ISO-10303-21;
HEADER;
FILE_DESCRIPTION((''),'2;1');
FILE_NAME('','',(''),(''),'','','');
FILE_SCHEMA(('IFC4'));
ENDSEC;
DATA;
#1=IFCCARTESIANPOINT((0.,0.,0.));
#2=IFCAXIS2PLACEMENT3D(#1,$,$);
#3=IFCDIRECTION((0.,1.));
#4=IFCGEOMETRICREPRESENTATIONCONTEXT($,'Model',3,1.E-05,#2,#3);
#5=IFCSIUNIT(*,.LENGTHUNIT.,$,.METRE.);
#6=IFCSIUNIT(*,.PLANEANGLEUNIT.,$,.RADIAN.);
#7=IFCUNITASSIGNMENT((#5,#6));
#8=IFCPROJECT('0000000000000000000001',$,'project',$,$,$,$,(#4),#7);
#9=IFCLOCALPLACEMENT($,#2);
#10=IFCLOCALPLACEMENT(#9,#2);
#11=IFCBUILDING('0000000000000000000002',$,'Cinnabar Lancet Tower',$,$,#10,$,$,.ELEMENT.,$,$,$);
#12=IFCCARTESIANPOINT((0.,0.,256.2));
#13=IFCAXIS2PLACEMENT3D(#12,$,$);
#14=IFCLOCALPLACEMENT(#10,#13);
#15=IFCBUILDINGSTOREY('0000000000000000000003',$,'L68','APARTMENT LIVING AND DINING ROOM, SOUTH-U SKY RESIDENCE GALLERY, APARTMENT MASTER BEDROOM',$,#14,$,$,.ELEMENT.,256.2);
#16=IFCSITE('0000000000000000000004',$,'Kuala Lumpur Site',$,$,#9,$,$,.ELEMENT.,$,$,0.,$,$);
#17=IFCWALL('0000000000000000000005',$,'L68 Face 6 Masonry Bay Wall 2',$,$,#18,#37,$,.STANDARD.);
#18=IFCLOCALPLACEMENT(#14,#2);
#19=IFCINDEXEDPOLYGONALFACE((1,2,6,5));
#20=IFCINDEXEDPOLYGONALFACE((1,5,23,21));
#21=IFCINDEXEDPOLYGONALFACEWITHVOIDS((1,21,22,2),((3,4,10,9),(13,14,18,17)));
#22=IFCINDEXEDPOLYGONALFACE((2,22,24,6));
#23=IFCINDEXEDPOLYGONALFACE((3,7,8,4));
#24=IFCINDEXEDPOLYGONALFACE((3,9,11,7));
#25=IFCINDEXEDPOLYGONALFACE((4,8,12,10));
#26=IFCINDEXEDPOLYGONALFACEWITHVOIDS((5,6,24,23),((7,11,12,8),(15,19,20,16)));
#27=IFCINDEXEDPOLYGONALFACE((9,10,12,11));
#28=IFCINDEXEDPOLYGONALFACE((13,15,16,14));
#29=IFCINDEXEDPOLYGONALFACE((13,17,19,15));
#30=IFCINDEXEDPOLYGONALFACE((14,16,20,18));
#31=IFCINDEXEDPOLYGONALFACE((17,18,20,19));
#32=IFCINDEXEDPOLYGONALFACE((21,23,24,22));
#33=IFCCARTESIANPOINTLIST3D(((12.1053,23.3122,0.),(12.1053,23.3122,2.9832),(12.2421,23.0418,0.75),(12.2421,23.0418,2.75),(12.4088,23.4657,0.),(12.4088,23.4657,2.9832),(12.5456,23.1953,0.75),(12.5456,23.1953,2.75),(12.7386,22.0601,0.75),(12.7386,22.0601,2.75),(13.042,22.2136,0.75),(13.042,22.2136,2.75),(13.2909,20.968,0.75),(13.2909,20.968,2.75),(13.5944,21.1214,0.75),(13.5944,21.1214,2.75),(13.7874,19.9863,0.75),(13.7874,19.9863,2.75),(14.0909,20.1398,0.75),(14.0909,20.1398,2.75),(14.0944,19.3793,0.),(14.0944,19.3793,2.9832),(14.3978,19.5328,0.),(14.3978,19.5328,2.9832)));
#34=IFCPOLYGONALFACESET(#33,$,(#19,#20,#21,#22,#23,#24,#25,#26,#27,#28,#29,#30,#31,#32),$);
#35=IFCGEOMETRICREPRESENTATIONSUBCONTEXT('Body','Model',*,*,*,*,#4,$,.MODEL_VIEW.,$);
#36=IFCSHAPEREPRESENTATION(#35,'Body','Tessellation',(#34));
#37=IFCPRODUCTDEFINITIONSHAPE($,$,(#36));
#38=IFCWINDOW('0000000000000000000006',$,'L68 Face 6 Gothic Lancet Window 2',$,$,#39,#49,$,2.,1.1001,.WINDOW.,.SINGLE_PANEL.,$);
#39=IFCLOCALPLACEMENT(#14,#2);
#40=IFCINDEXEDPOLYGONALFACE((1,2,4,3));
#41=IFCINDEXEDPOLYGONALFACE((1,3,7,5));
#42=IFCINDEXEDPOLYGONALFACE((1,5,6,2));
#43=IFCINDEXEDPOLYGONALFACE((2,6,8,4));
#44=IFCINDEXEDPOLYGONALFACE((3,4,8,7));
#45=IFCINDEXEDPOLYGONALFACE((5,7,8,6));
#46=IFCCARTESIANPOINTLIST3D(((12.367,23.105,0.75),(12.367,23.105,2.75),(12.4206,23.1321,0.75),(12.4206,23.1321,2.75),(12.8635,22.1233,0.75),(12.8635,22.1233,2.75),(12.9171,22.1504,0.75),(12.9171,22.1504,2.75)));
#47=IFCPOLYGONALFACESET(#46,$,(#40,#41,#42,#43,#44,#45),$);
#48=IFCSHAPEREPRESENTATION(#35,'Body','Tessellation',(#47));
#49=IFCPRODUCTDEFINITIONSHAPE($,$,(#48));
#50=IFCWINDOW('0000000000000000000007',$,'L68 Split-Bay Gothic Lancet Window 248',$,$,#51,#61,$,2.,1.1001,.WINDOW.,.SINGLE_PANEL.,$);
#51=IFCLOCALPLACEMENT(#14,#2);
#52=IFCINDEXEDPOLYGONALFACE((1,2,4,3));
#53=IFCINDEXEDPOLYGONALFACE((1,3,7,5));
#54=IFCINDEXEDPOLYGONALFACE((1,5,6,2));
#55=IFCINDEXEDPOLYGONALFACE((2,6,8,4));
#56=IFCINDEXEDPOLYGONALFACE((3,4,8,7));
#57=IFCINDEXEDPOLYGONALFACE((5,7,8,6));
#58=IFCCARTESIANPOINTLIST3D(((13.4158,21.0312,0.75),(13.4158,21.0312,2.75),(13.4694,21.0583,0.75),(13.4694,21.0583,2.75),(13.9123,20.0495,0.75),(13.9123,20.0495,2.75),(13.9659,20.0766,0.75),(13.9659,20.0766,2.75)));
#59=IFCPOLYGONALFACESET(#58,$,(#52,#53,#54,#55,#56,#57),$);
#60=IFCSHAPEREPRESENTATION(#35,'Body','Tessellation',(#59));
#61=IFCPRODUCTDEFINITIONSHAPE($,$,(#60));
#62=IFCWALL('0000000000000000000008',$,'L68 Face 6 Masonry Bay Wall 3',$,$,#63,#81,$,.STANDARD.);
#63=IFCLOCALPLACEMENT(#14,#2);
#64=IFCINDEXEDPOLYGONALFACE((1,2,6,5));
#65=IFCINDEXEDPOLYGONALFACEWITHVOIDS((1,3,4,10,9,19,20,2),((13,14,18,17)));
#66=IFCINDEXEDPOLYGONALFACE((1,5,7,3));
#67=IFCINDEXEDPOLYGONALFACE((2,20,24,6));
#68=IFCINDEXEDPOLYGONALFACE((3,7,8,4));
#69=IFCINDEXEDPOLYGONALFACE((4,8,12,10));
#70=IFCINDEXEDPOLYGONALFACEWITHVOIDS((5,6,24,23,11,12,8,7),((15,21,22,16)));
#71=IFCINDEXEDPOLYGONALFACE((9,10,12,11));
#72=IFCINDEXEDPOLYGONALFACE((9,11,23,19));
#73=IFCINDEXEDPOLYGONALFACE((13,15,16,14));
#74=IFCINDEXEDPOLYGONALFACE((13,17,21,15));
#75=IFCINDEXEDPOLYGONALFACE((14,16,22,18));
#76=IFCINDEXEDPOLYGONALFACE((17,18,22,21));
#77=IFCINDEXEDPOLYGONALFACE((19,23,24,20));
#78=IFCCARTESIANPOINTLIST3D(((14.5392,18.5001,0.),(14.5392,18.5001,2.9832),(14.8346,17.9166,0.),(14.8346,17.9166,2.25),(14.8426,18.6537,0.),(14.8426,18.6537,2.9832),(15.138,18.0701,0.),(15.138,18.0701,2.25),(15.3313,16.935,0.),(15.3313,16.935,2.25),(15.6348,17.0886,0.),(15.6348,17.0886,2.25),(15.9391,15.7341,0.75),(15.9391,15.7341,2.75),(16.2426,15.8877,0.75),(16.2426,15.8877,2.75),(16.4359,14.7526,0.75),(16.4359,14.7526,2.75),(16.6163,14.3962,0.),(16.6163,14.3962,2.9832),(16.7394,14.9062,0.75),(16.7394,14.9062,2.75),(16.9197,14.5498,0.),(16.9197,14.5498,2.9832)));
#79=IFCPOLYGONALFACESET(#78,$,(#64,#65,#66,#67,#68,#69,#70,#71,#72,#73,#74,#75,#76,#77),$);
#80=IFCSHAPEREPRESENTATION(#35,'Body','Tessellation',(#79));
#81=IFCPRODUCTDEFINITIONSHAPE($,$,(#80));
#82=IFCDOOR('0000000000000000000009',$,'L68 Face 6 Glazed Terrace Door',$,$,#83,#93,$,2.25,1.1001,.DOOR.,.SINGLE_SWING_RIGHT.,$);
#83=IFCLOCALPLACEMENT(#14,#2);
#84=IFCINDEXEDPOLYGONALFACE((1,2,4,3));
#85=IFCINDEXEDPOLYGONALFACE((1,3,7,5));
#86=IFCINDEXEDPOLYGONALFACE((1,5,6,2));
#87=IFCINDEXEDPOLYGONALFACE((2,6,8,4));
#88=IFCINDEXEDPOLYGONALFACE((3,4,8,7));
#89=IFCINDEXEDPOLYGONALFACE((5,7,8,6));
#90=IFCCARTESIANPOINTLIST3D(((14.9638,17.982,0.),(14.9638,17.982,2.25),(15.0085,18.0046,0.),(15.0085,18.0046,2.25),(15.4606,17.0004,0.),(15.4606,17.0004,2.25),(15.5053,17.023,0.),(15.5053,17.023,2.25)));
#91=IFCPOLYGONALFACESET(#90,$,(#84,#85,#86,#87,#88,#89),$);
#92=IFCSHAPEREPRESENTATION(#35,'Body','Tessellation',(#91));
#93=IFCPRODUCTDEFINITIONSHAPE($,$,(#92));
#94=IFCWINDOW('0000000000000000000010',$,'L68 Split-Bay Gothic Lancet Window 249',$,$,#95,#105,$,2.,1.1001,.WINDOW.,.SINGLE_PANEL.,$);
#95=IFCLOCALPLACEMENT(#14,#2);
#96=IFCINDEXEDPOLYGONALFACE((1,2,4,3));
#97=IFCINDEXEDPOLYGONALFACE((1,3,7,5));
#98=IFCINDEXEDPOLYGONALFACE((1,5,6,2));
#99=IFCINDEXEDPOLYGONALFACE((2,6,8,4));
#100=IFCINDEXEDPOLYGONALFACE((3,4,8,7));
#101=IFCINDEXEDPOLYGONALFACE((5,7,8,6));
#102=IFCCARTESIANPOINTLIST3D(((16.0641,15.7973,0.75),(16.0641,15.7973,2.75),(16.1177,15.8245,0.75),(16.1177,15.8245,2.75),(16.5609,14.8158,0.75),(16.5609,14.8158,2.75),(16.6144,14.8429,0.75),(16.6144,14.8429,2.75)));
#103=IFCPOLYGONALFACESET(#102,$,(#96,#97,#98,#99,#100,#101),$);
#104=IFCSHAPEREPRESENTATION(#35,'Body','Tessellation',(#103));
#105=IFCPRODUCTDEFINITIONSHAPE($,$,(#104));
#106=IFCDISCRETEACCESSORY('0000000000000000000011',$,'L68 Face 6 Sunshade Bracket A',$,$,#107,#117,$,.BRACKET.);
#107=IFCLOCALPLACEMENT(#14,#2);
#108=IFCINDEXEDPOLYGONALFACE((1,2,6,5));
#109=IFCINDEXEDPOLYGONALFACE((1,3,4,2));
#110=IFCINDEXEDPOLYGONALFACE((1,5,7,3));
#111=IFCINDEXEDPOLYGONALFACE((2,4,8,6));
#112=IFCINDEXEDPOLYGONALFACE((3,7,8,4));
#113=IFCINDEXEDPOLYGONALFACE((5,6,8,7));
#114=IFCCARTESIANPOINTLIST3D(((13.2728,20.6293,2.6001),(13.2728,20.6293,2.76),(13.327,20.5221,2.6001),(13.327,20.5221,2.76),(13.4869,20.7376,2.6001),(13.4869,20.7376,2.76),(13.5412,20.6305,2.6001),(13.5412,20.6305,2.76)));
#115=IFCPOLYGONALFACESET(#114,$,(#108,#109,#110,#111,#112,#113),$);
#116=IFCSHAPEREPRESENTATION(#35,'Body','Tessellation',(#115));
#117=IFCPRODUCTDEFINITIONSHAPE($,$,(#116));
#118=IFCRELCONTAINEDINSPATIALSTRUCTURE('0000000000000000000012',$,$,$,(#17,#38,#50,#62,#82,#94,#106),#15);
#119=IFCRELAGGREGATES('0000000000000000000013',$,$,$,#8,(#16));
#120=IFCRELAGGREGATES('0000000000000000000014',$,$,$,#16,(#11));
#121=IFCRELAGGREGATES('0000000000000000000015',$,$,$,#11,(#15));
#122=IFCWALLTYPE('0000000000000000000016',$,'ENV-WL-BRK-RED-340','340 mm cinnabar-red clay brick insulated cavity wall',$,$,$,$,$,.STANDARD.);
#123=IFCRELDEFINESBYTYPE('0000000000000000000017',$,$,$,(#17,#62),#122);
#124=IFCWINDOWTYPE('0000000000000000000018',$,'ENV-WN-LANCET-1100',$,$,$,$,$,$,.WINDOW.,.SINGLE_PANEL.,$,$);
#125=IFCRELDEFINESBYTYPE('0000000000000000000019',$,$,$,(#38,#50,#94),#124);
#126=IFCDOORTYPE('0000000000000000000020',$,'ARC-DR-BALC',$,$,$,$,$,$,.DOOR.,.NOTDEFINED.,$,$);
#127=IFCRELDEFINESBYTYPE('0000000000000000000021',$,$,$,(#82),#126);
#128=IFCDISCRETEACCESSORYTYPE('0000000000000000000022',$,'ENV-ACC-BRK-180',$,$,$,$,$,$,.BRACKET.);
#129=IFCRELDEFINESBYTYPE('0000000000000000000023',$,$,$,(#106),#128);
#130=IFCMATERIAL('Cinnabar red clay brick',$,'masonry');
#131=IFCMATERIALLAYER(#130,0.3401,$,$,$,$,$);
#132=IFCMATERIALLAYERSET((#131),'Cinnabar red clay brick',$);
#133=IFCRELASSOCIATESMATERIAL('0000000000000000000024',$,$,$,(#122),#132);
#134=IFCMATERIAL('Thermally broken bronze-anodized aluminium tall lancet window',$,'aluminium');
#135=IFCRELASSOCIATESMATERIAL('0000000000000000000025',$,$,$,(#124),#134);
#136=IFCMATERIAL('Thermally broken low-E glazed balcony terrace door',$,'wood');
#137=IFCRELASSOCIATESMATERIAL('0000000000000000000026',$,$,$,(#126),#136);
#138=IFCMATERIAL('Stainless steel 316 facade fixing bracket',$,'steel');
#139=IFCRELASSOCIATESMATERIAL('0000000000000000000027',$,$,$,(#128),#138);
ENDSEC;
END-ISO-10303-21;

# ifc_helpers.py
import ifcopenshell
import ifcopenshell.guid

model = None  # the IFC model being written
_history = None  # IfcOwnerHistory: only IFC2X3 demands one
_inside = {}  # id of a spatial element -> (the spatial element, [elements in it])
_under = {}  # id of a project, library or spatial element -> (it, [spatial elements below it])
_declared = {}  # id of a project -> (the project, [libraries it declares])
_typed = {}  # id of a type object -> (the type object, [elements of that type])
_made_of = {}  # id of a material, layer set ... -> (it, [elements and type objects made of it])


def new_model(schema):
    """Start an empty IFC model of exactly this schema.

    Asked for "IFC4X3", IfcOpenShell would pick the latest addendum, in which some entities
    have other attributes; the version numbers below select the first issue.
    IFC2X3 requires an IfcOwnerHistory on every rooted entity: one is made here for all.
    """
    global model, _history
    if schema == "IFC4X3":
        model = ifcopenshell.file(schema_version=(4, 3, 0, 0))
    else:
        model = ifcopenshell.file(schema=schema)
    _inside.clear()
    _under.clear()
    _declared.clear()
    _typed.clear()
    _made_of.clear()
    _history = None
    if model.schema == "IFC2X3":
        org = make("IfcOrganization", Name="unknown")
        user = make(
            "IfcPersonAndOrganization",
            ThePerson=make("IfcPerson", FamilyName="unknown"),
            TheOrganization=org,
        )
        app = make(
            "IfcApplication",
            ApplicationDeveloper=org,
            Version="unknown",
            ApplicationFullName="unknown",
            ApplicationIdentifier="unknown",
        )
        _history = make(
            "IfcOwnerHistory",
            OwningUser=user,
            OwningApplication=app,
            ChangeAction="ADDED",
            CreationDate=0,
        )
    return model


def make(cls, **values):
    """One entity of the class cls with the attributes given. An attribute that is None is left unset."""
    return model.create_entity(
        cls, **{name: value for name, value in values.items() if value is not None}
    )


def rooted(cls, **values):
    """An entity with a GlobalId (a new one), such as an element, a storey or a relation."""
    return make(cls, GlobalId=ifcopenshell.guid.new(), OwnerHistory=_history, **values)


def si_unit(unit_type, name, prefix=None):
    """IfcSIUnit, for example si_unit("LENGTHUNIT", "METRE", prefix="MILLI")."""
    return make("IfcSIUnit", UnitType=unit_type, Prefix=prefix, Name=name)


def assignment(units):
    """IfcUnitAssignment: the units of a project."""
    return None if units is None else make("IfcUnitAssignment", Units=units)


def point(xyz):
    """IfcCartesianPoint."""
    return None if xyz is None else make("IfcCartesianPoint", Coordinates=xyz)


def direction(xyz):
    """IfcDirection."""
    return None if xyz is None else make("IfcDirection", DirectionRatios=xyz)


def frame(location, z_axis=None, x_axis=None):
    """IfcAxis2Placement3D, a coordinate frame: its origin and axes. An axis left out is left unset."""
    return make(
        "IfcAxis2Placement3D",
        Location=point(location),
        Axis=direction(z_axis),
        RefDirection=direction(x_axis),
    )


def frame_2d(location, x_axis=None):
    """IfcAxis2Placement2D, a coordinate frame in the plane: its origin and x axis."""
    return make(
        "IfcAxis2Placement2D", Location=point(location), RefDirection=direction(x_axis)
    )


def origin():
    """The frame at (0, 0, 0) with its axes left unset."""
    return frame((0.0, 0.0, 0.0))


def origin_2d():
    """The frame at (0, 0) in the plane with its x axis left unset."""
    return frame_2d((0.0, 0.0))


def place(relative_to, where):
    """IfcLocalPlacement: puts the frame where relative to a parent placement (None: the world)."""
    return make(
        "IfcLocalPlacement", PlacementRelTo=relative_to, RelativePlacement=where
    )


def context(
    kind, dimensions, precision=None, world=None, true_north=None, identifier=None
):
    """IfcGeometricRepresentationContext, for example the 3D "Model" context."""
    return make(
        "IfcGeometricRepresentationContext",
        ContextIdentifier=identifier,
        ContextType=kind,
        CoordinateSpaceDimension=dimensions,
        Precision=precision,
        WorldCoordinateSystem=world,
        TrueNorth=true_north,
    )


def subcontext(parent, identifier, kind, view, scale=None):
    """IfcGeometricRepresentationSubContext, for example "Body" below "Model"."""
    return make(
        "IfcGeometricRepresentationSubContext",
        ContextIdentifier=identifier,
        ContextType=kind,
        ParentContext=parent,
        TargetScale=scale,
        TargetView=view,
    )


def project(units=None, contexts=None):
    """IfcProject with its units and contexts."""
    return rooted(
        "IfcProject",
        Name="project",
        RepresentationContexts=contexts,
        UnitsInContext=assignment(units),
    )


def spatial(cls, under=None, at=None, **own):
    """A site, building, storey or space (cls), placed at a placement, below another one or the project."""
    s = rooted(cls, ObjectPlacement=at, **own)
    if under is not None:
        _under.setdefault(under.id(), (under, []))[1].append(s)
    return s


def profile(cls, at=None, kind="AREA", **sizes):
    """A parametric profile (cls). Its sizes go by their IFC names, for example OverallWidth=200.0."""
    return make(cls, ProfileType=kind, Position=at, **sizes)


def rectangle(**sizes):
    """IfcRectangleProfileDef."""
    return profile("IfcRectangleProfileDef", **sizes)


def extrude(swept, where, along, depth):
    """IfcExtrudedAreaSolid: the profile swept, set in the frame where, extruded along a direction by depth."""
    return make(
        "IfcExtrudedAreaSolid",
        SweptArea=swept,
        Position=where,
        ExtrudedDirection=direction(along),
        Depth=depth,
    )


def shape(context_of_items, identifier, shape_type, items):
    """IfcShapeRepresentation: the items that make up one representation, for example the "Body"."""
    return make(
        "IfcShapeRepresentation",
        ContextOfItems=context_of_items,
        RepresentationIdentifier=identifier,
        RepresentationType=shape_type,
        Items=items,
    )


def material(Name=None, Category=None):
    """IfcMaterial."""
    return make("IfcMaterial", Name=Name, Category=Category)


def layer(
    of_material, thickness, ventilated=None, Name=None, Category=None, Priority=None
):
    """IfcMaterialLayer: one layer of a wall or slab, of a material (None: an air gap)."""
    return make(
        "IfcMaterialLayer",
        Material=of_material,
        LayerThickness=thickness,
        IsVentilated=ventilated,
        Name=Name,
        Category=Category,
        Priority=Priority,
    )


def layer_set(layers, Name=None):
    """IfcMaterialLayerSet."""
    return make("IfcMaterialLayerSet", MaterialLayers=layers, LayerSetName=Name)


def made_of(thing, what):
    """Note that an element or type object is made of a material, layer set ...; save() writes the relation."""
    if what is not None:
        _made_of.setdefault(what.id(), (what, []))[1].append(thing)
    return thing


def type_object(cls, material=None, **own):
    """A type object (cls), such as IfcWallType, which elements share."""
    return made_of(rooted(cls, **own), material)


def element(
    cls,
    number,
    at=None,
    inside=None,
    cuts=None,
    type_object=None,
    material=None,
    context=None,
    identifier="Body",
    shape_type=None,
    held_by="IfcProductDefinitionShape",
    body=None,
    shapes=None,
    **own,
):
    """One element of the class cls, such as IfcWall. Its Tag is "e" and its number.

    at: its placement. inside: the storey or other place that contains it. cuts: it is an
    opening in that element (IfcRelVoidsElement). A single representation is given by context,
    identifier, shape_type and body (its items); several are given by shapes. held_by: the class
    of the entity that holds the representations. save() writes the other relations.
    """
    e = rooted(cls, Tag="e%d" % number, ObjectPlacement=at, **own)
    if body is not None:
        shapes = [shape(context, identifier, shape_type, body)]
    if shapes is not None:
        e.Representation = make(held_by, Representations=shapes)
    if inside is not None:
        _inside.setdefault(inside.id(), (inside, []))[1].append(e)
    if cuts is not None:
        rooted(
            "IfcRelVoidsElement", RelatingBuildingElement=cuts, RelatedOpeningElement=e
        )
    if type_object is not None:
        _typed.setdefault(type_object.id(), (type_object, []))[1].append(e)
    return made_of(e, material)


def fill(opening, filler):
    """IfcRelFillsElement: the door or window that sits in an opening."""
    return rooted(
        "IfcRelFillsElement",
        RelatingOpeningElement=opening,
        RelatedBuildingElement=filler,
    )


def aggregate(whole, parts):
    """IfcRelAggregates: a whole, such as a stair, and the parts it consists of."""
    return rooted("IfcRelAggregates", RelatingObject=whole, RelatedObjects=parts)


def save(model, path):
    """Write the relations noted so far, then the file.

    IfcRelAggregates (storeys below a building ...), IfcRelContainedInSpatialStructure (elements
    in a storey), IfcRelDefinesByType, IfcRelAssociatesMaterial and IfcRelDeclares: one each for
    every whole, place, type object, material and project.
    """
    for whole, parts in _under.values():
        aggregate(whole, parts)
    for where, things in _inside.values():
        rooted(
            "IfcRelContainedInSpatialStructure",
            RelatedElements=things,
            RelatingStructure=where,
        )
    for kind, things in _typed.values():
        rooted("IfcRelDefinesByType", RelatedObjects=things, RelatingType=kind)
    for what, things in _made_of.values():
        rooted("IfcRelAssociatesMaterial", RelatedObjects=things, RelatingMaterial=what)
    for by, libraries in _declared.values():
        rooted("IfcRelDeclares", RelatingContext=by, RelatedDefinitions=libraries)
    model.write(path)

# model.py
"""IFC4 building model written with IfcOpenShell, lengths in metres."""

from ifc_helpers import new_model, si_unit, direction, frame, frame_2d, origin, origin_2d, place, context, subcontext, project, spatial, rectangle, extrude, material, layer, layer_set, type_object, element, fill, save


model = new_model("IFC4")

# Units and contexts
model_context = context("Model", 3, precision=1e-05, world=origin(), true_north=direction((0.0, 1.0)))
body_context = subcontext(model_context, "Body", "Model", "MODEL_VIEW")
ifc_project = project(units=[si_unit("LENGTHUNIT", "METRE"), si_unit("PLANEANGLEUNIT", "RADIAN")], contexts=[model_context])

# Site, building, storey
site_placement = place(None, origin())
site = spatial("IfcSite", under=ifc_project, at=site_placement, Name="Kuala Lumpur Site", CompositionType="ELEMENT", RefElevation=0.0)
building_placement = place(site_placement, origin())
building = spatial("IfcBuilding", under=site, at=building_placement, Name="Cinnabar Lancet Tower", CompositionType="ELEMENT")
storey_placement = place(building_placement, frame((0.0, 0.0, 256.2)))
storey = spatial("IfcBuildingStorey", under=building, at=storey_placement, Name="L68", Description="APARTMENT LIVING AND DINING ROOM, SOUTH-U SKY RESIDENCE GALLERY, APARTMENT MASTER BEDROOM", CompositionType="ELEMENT", Elevation=256.2)

# Shared definitions
ifc_material_1 = material(Name="Cinnabar red clay brick", Category="masonry")
ifc_layer_1 = layer(ifc_material_1, 0.3401)
ifc_layer_set_1 = layer_set([ifc_layer_1], Name="Cinnabar red clay brick")
wall_type_1 = type_object("IfcWallType", Name="ENV-WL-BRK-RED-340", Description="340 mm cinnabar-red clay brick insulated cavity wall", PredefinedType="STANDARD", material=ifc_layer_set_1)

# Wall, openings, windows
wall_1_placement = place(storey_placement, frame((12.2571, 23.3889, 0.0), z_axis=(0.0, 0.0, 1.0), x_axis=(0.451308, -0.892368, 0.0)))
wall_1 = element("IfcWall", 1, at=wall_1_placement, inside=storey, type_object=wall_type_1, Name="L68 Face 6 Masonry Bay Wall 2", PredefinedType="STANDARD", context=body_context, shape_type="SweptSolid", body=[
    extrude(rectangle(XDim=4.4072, YDim=0.3401, at=frame_2d((2.2036, 0.0))), origin(), (0.0, 0.0, 1.0), 2.9832),
])
opening_1_placement = place(wall_1_placement, frame((0.303, 0.0, 0.75)))
opening_1 = element("IfcOpeningElement", 2, at=opening_1_placement, cuts=wall_1, PredefinedType="OPENING", context=body_context, shape_type="SweptSolid", body=[
    extrude(rectangle(XDim=1.1001, YDim=2.0, at=frame_2d((0.55, 1.0))), frame((0.0, 0.1799, 0.0), z_axis=(0.0, -1.0, 0.0), x_axis=(1.0, 0.0, 0.0)), (0.0, 0.0, 1.0), 0.3601),
])
opening_2_placement = place(wall_1_placement, frame((2.627, 0.0, 0.75)))
opening_2 = element("IfcOpeningElement", 3, at=opening_2_placement, cuts=wall_1, PredefinedType="OPENING", context=body_context, shape_type="SweptSolid", body=[
    extrude(rectangle(XDim=1.1001, YDim=2.0, at=frame_2d((0.55, 1.0))), frame((0.0, 0.1799, 0.0), z_axis=(0.0, -1.0, 0.0), x_axis=(1.0, 0.0, 0.0)), (0.0, 0.0, 1.0), 0.3601),
])
ifc_material_2 = material(Name="Thermally broken bronze-anodized aluminium tall lancet window", Category="aluminium")
window_type = type_object("IfcWindowType", Name="ENV-WN-LANCET-1100", PartitioningType="SINGLE_PANEL", PredefinedType="WINDOW", material=ifc_material_2)
window_1_placement = place(opening_1_placement, origin())
window_1 = element("IfcWindow", 4, at=window_1_placement, inside=storey, type_object=window_type, Name="L68 Face 6 Gothic Lancet Window 2", OverallHeight=2.0, OverallWidth=1.1001, PartitioningType="SINGLE_PANEL", PredefinedType="WINDOW", context=body_context, shape_type="SweptSolid", body=[
    extrude(rectangle(XDim=1.1001, YDim=2.0, at=frame_2d((0.55, 1.0))), frame((0.0, 0.03, 0.0), z_axis=(0.0, -1.0, 0.0), x_axis=(1.0, 0.0, 0.0)), (0.0, 0.0, 1.0), 0.0601),
])
fill(opening_1, window_1)
window_2_placement = place(opening_2_placement, origin())
window_2 = element("IfcWindow", 5, at=window_2_placement, inside=storey, type_object=window_type, Name="L68 Split-Bay Gothic Lancet Window 248", OverallHeight=2.0, OverallWidth=1.1001, PartitioningType="SINGLE_PANEL", PredefinedType="WINDOW", context=body_context, shape_type="SweptSolid", body=[
    extrude(rectangle(XDim=1.1001, YDim=2.0, at=frame_2d((0.55, 1.0))), frame((0.0, 0.03, 0.0), z_axis=(0.0, -1.0, 0.0), x_axis=(1.0, 0.0, 0.0)), (0.0, 0.0, 1.0), 0.0601),
])
fill(opening_2, window_2)

# Wall, openings, door, window
wall_2_placement = place(storey_placement, frame((14.6909, 18.5769, 0.0), z_axis=(0.0, 0.0, 1.0), x_axis=(0.451582, -0.89223, 0.0)))
wall_2 = element("IfcWall", 6, at=wall_2_placement, inside=storey, type_object=wall_type_1, Name="L68 Face 6 Masonry Bay Wall 3", PredefinedType="STANDARD", context=body_context, shape_type="SweptSolid", body=[
    extrude(rectangle(XDim=4.5996, YDim=0.3401, at=frame_2d((2.2998, 0.0))), origin(), (0.0, 0.0, 1.0), 2.9832),
])
opening_3_placement = place(wall_2_placement, frame((0.6541, 0.0, 0.0)))
opening_3 = element("IfcOpeningElement", 7, at=opening_3_placement, cuts=wall_2, PredefinedType="OPENING", context=body_context, shape_type="SweptSolid", body=[
    extrude(rectangle(XDim=1.1001, YDim=2.25, at=frame_2d((0.55, 1.125))), frame((0.0, 0.1799, 0.0), z_axis=(0.0, -1.0, 0.0), x_axis=(1.0, 0.0, 0.0)), (0.0, 0.0, 1.0), 0.3601),
])
opening_4_placement = place(wall_2_placement, frame((3.1001, 0.0, 0.75)))
opening_4 = element("IfcOpeningElement", 8, at=opening_4_placement, cuts=wall_2, PredefinedType="OPENING", context=body_context, shape_type="SweptSolid", body=[
    extrude(rectangle(XDim=1.1001, YDim=2.0, at=frame_2d((0.55, 1.0))), frame((0.0, 0.1799, 0.0), z_axis=(0.0, -1.0, 0.0), x_axis=(1.0, 0.0, 0.0)), (0.0, 0.0, 1.0), 0.3601),
])
ifc_material_3 = material(Name="Thermally broken low-E glazed balcony terrace door", Category="wood")
door_type_1 = type_object("IfcDoorType", Name="ARC-DR-BALC", OperationType="NOTDEFINED", PredefinedType="DOOR", material=ifc_material_3)
door_1_placement = place(opening_3_placement, origin())
door_1 = element("IfcDoor", 9, at=door_1_placement, inside=storey, type_object=door_type_1, Name="L68 Face 6 Glazed Terrace Door", OperationType="SINGLE_SWING_RIGHT", OverallHeight=2.25, OverallWidth=1.1001, PredefinedType="DOOR", context=body_context, shape_type="SweptSolid", body=[
    extrude(rectangle(XDim=1.1001, YDim=2.25, at=frame_2d((0.55, 1.125))), frame((0.0, 0.0249, 0.0), z_axis=(0.0, -1.0, 0.0), x_axis=(1.0, 0.0, 0.0)), (0.0, 0.0, 1.0), 0.05),
])
fill(opening_3, door_1)
window_3_placement = place(opening_4_placement, origin())
window_3 = element("IfcWindow", 10, at=window_3_placement, inside=storey, type_object=window_type, Name="L68 Split-Bay Gothic Lancet Window 249", OverallHeight=2.0, OverallWidth=1.1001, PartitioningType="SINGLE_PANEL", PredefinedType="WINDOW", context=body_context, shape_type="SweptSolid", body=[
    extrude(rectangle(XDim=1.1001, YDim=2.0, at=frame_2d((0.55, 1.0))), frame((0.0, 0.03, 0.0), z_axis=(0.0, -1.0, 0.0), x_axis=(1.0, 0.0, 0.0)), (0.0, 0.0, 1.0), 0.0601),
])
fill(opening_4, window_3)

# Discrete accessory
ifc_material_4 = material(Name="Stainless steel 316 facade fixing bracket", Category="steel")
discrete_accessory_type = type_object("IfcDiscreteAccessoryType", Name="ENV-ACC-BRK-180", PredefinedType="BRACKET", material=ifc_material_4)
discrete_accessory_placement = place(storey_placement, frame((13.407, 20.6299, 2.6001), z_axis=(0.0, 0.0, 1.0), x_axis=(0.451376, -0.892334, 0.0)))
element("IfcDiscreteAccessory", 11, at=discrete_accessory_placement, inside=storey, type_object=discrete_accessory_type, Name="L68 Face 6 Sunshade Bracket A", PredefinedType="BRACKET", context=body_context, shape_type="SweptSolid", body=[
    extrude(rectangle(XDim=0.1201, YDim=0.24, at=origin_2d()), origin(), (0.0, 0.0, 1.0), 0.1599),
])

save(model, "model.ifc")
